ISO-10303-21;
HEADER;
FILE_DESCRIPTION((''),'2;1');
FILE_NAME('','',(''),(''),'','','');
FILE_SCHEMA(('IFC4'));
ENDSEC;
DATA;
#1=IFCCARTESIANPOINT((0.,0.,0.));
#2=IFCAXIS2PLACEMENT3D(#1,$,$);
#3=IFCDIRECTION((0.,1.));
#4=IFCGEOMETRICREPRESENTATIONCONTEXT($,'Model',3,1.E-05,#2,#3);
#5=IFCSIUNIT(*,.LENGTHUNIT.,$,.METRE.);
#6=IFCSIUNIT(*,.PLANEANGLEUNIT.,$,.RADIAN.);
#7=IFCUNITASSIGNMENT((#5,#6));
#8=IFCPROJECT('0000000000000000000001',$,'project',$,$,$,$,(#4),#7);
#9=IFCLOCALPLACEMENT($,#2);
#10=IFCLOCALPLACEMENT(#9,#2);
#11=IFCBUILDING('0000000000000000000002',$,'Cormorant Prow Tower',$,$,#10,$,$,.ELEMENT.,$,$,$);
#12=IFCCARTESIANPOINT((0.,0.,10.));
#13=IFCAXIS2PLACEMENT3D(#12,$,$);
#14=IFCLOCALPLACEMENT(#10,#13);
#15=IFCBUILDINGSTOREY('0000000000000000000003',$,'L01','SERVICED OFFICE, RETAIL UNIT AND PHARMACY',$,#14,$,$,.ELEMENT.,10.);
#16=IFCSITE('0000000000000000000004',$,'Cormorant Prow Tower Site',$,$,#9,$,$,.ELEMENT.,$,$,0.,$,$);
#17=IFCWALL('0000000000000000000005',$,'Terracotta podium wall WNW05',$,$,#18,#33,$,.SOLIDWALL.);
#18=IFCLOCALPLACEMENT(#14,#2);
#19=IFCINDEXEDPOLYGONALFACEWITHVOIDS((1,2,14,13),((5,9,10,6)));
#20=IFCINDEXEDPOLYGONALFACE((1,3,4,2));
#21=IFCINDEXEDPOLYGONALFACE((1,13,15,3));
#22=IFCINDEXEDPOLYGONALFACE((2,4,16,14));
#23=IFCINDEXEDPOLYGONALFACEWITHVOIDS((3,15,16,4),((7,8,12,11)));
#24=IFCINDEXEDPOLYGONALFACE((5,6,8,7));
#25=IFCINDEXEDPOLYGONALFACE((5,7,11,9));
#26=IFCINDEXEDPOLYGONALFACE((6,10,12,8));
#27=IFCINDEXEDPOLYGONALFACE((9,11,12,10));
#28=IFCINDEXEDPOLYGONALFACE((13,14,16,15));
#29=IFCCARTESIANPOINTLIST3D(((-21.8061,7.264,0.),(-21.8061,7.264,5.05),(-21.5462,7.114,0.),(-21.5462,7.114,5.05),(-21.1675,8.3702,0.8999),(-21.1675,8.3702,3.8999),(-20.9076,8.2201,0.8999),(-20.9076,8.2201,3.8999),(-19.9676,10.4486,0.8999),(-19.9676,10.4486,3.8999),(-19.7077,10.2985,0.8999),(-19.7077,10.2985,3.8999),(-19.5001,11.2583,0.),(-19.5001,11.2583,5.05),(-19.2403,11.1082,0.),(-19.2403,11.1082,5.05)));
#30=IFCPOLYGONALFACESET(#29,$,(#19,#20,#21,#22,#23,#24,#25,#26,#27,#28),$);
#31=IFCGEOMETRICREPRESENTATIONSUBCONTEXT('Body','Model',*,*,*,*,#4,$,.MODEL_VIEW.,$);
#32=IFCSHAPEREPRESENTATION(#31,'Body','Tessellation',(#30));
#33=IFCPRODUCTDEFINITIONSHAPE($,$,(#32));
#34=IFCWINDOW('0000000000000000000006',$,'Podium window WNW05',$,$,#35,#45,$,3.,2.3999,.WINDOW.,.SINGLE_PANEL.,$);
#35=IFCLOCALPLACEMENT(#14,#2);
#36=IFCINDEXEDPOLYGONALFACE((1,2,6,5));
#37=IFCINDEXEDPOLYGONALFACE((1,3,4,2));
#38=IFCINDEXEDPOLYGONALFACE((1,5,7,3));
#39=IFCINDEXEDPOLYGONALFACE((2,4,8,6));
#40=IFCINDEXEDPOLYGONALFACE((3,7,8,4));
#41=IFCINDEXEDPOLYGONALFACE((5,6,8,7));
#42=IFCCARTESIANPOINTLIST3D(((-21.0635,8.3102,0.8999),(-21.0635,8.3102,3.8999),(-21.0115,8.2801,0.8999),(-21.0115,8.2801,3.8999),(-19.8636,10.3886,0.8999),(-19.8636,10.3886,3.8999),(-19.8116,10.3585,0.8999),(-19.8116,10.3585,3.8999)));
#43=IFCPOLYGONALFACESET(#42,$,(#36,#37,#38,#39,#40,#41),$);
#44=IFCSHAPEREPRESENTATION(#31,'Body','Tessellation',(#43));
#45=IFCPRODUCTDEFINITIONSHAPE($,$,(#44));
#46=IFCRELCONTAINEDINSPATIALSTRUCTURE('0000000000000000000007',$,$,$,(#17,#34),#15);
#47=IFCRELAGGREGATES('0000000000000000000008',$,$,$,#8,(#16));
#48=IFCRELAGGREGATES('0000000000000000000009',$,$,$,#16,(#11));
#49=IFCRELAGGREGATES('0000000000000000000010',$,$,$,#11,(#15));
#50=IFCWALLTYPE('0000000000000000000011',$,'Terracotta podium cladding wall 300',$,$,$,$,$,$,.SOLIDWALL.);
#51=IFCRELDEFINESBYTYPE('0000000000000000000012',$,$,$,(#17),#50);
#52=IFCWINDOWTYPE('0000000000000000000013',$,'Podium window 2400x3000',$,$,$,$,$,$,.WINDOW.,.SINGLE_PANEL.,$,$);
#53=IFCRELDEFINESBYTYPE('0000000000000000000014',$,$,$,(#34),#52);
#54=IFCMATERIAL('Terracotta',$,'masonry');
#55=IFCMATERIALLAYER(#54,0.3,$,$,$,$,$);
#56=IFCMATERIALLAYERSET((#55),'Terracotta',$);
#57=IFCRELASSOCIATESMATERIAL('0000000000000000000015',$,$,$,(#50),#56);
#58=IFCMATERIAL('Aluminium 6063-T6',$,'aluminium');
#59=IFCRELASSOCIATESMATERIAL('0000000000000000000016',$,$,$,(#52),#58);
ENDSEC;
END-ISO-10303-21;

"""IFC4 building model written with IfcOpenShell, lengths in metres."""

from ifc_helpers import new_model, si_unit, direction, frame, frame_2d, origin, place, context, subcontext, project, spatial, rectangle, extrude, material, layer, layer_set, type_object, element, fill, save


model = new_model("IFC4")

# Units and contexts
model_context = context("Model", 3, precision=1e-05, world=origin(), true_north=direction((0.0, 1.0)))
body_context = subcontext(model_context, "Body", "Model", "MODEL_VIEW")
ifc_project = project(units=[si_unit("LENGTHUNIT", "METRE"), si_unit("PLANEANGLEUNIT", "RADIAN")], contexts=[model_context])

# Site, building, storey
site_placement = place(None, origin())
site = spatial("IfcSite", under=ifc_project, at=site_placement, Name="Cormorant Prow Tower Site", CompositionType="ELEMENT", RefElevation=0.0)
building_placement = place(site_placement, origin())
building = spatial("IfcBuilding", under=site, at=building_placement, Name="Cormorant Prow Tower", CompositionType="ELEMENT")
storey_placement = place(building_placement, frame((0.0, 0.0, 10.0)))
storey = spatial("IfcBuildingStorey", under=building, at=storey_placement, Name="L01", Description="SERVICED OFFICE, RETAIL UNIT AND PHARMACY", CompositionType="ELEMENT", Elevation=10.0)

# Wall, opening, window
ifc_material_1 = material(Name="Terracotta", Category="masonry")
ifc_layer_1 = layer(ifc_material_1, 0.3)
ifc_layer_set_1 = layer_set([ifc_layer_1], Name="Terracotta")
wall_type_1 = type_object("IfcWallType", Name="Terracotta podium cladding wall 300", PredefinedType="SOLIDWALL", material=ifc_layer_set_1)
ifc_material_2 = material(Name="Aluminium 6063-T6", Category="aluminium")
window_type = type_object("IfcWindowType", Name="Podium window 2400x3000", PartitioningType="SINGLE_PANEL", PredefinedType="WINDOW", material=ifc_material_2)
wall_1_placement = place(storey_placement, frame((-19.3701, 11.1833, 0.0), z_axis=(0.0, 0.0, 1.0), x_axis=(-0.499982, -0.866036, 0.0)))
wall_1 = element("IfcWall", 1, at=wall_1_placement, inside=storey, type_object=wall_type_1, Name="Terracotta podium wall WNW05", PredefinedType="SOLIDWALL", context=body_context, shape_type="SweptSolid", body=[
    extrude(rectangle(XDim=4.6121, YDim=0.3, at=frame_2d((2.3062, 0.0))), origin(), (0.0, 0.0, 1.0), 5.05),
])
opening_1_placement = place(wall_1_placement, frame((0.9351, 0.0, 0.8999)))
opening_1 = element("IfcOpeningElement", 2, at=opening_1_placement, cuts=wall_1, PredefinedType="OPENING", context=body_context, shape_type="SweptSolid", body=[
    extrude(rectangle(XDim=2.3999, YDim=3.0, at=frame_2d((1.2, 1.5))), frame((0.0, 0.1599, 0.0), z_axis=(0.0, -1.0, 0.0), x_axis=(1.0, 0.0, 0.0)), (0.0, 0.0, 1.0), 0.3201),
])
window_1_placement = place(opening_1_placement, origin())
window_1 = element("IfcWindow", 3, at=window_1_placement, inside=storey, type_object=window_type, Name="Podium window WNW05", OverallHeight=3.0, OverallWidth=2.3999, PartitioningType="SINGLE_PANEL", PredefinedType="WINDOW", context=body_context, shape_type="SweptSolid", body=[
    extrude(rectangle(XDim=2.3999, YDim=3.0, at=frame_2d((1.2, 1.5))), frame((0.0, 0.03, 0.0), z_axis=(0.0, -1.0, 0.0), x_axis=(1.0, 0.0, 0.0)), (0.0, 0.0, 1.0), 0.0601),
])
fill(opening_1, window_1)

save(model, "model.ifc")
